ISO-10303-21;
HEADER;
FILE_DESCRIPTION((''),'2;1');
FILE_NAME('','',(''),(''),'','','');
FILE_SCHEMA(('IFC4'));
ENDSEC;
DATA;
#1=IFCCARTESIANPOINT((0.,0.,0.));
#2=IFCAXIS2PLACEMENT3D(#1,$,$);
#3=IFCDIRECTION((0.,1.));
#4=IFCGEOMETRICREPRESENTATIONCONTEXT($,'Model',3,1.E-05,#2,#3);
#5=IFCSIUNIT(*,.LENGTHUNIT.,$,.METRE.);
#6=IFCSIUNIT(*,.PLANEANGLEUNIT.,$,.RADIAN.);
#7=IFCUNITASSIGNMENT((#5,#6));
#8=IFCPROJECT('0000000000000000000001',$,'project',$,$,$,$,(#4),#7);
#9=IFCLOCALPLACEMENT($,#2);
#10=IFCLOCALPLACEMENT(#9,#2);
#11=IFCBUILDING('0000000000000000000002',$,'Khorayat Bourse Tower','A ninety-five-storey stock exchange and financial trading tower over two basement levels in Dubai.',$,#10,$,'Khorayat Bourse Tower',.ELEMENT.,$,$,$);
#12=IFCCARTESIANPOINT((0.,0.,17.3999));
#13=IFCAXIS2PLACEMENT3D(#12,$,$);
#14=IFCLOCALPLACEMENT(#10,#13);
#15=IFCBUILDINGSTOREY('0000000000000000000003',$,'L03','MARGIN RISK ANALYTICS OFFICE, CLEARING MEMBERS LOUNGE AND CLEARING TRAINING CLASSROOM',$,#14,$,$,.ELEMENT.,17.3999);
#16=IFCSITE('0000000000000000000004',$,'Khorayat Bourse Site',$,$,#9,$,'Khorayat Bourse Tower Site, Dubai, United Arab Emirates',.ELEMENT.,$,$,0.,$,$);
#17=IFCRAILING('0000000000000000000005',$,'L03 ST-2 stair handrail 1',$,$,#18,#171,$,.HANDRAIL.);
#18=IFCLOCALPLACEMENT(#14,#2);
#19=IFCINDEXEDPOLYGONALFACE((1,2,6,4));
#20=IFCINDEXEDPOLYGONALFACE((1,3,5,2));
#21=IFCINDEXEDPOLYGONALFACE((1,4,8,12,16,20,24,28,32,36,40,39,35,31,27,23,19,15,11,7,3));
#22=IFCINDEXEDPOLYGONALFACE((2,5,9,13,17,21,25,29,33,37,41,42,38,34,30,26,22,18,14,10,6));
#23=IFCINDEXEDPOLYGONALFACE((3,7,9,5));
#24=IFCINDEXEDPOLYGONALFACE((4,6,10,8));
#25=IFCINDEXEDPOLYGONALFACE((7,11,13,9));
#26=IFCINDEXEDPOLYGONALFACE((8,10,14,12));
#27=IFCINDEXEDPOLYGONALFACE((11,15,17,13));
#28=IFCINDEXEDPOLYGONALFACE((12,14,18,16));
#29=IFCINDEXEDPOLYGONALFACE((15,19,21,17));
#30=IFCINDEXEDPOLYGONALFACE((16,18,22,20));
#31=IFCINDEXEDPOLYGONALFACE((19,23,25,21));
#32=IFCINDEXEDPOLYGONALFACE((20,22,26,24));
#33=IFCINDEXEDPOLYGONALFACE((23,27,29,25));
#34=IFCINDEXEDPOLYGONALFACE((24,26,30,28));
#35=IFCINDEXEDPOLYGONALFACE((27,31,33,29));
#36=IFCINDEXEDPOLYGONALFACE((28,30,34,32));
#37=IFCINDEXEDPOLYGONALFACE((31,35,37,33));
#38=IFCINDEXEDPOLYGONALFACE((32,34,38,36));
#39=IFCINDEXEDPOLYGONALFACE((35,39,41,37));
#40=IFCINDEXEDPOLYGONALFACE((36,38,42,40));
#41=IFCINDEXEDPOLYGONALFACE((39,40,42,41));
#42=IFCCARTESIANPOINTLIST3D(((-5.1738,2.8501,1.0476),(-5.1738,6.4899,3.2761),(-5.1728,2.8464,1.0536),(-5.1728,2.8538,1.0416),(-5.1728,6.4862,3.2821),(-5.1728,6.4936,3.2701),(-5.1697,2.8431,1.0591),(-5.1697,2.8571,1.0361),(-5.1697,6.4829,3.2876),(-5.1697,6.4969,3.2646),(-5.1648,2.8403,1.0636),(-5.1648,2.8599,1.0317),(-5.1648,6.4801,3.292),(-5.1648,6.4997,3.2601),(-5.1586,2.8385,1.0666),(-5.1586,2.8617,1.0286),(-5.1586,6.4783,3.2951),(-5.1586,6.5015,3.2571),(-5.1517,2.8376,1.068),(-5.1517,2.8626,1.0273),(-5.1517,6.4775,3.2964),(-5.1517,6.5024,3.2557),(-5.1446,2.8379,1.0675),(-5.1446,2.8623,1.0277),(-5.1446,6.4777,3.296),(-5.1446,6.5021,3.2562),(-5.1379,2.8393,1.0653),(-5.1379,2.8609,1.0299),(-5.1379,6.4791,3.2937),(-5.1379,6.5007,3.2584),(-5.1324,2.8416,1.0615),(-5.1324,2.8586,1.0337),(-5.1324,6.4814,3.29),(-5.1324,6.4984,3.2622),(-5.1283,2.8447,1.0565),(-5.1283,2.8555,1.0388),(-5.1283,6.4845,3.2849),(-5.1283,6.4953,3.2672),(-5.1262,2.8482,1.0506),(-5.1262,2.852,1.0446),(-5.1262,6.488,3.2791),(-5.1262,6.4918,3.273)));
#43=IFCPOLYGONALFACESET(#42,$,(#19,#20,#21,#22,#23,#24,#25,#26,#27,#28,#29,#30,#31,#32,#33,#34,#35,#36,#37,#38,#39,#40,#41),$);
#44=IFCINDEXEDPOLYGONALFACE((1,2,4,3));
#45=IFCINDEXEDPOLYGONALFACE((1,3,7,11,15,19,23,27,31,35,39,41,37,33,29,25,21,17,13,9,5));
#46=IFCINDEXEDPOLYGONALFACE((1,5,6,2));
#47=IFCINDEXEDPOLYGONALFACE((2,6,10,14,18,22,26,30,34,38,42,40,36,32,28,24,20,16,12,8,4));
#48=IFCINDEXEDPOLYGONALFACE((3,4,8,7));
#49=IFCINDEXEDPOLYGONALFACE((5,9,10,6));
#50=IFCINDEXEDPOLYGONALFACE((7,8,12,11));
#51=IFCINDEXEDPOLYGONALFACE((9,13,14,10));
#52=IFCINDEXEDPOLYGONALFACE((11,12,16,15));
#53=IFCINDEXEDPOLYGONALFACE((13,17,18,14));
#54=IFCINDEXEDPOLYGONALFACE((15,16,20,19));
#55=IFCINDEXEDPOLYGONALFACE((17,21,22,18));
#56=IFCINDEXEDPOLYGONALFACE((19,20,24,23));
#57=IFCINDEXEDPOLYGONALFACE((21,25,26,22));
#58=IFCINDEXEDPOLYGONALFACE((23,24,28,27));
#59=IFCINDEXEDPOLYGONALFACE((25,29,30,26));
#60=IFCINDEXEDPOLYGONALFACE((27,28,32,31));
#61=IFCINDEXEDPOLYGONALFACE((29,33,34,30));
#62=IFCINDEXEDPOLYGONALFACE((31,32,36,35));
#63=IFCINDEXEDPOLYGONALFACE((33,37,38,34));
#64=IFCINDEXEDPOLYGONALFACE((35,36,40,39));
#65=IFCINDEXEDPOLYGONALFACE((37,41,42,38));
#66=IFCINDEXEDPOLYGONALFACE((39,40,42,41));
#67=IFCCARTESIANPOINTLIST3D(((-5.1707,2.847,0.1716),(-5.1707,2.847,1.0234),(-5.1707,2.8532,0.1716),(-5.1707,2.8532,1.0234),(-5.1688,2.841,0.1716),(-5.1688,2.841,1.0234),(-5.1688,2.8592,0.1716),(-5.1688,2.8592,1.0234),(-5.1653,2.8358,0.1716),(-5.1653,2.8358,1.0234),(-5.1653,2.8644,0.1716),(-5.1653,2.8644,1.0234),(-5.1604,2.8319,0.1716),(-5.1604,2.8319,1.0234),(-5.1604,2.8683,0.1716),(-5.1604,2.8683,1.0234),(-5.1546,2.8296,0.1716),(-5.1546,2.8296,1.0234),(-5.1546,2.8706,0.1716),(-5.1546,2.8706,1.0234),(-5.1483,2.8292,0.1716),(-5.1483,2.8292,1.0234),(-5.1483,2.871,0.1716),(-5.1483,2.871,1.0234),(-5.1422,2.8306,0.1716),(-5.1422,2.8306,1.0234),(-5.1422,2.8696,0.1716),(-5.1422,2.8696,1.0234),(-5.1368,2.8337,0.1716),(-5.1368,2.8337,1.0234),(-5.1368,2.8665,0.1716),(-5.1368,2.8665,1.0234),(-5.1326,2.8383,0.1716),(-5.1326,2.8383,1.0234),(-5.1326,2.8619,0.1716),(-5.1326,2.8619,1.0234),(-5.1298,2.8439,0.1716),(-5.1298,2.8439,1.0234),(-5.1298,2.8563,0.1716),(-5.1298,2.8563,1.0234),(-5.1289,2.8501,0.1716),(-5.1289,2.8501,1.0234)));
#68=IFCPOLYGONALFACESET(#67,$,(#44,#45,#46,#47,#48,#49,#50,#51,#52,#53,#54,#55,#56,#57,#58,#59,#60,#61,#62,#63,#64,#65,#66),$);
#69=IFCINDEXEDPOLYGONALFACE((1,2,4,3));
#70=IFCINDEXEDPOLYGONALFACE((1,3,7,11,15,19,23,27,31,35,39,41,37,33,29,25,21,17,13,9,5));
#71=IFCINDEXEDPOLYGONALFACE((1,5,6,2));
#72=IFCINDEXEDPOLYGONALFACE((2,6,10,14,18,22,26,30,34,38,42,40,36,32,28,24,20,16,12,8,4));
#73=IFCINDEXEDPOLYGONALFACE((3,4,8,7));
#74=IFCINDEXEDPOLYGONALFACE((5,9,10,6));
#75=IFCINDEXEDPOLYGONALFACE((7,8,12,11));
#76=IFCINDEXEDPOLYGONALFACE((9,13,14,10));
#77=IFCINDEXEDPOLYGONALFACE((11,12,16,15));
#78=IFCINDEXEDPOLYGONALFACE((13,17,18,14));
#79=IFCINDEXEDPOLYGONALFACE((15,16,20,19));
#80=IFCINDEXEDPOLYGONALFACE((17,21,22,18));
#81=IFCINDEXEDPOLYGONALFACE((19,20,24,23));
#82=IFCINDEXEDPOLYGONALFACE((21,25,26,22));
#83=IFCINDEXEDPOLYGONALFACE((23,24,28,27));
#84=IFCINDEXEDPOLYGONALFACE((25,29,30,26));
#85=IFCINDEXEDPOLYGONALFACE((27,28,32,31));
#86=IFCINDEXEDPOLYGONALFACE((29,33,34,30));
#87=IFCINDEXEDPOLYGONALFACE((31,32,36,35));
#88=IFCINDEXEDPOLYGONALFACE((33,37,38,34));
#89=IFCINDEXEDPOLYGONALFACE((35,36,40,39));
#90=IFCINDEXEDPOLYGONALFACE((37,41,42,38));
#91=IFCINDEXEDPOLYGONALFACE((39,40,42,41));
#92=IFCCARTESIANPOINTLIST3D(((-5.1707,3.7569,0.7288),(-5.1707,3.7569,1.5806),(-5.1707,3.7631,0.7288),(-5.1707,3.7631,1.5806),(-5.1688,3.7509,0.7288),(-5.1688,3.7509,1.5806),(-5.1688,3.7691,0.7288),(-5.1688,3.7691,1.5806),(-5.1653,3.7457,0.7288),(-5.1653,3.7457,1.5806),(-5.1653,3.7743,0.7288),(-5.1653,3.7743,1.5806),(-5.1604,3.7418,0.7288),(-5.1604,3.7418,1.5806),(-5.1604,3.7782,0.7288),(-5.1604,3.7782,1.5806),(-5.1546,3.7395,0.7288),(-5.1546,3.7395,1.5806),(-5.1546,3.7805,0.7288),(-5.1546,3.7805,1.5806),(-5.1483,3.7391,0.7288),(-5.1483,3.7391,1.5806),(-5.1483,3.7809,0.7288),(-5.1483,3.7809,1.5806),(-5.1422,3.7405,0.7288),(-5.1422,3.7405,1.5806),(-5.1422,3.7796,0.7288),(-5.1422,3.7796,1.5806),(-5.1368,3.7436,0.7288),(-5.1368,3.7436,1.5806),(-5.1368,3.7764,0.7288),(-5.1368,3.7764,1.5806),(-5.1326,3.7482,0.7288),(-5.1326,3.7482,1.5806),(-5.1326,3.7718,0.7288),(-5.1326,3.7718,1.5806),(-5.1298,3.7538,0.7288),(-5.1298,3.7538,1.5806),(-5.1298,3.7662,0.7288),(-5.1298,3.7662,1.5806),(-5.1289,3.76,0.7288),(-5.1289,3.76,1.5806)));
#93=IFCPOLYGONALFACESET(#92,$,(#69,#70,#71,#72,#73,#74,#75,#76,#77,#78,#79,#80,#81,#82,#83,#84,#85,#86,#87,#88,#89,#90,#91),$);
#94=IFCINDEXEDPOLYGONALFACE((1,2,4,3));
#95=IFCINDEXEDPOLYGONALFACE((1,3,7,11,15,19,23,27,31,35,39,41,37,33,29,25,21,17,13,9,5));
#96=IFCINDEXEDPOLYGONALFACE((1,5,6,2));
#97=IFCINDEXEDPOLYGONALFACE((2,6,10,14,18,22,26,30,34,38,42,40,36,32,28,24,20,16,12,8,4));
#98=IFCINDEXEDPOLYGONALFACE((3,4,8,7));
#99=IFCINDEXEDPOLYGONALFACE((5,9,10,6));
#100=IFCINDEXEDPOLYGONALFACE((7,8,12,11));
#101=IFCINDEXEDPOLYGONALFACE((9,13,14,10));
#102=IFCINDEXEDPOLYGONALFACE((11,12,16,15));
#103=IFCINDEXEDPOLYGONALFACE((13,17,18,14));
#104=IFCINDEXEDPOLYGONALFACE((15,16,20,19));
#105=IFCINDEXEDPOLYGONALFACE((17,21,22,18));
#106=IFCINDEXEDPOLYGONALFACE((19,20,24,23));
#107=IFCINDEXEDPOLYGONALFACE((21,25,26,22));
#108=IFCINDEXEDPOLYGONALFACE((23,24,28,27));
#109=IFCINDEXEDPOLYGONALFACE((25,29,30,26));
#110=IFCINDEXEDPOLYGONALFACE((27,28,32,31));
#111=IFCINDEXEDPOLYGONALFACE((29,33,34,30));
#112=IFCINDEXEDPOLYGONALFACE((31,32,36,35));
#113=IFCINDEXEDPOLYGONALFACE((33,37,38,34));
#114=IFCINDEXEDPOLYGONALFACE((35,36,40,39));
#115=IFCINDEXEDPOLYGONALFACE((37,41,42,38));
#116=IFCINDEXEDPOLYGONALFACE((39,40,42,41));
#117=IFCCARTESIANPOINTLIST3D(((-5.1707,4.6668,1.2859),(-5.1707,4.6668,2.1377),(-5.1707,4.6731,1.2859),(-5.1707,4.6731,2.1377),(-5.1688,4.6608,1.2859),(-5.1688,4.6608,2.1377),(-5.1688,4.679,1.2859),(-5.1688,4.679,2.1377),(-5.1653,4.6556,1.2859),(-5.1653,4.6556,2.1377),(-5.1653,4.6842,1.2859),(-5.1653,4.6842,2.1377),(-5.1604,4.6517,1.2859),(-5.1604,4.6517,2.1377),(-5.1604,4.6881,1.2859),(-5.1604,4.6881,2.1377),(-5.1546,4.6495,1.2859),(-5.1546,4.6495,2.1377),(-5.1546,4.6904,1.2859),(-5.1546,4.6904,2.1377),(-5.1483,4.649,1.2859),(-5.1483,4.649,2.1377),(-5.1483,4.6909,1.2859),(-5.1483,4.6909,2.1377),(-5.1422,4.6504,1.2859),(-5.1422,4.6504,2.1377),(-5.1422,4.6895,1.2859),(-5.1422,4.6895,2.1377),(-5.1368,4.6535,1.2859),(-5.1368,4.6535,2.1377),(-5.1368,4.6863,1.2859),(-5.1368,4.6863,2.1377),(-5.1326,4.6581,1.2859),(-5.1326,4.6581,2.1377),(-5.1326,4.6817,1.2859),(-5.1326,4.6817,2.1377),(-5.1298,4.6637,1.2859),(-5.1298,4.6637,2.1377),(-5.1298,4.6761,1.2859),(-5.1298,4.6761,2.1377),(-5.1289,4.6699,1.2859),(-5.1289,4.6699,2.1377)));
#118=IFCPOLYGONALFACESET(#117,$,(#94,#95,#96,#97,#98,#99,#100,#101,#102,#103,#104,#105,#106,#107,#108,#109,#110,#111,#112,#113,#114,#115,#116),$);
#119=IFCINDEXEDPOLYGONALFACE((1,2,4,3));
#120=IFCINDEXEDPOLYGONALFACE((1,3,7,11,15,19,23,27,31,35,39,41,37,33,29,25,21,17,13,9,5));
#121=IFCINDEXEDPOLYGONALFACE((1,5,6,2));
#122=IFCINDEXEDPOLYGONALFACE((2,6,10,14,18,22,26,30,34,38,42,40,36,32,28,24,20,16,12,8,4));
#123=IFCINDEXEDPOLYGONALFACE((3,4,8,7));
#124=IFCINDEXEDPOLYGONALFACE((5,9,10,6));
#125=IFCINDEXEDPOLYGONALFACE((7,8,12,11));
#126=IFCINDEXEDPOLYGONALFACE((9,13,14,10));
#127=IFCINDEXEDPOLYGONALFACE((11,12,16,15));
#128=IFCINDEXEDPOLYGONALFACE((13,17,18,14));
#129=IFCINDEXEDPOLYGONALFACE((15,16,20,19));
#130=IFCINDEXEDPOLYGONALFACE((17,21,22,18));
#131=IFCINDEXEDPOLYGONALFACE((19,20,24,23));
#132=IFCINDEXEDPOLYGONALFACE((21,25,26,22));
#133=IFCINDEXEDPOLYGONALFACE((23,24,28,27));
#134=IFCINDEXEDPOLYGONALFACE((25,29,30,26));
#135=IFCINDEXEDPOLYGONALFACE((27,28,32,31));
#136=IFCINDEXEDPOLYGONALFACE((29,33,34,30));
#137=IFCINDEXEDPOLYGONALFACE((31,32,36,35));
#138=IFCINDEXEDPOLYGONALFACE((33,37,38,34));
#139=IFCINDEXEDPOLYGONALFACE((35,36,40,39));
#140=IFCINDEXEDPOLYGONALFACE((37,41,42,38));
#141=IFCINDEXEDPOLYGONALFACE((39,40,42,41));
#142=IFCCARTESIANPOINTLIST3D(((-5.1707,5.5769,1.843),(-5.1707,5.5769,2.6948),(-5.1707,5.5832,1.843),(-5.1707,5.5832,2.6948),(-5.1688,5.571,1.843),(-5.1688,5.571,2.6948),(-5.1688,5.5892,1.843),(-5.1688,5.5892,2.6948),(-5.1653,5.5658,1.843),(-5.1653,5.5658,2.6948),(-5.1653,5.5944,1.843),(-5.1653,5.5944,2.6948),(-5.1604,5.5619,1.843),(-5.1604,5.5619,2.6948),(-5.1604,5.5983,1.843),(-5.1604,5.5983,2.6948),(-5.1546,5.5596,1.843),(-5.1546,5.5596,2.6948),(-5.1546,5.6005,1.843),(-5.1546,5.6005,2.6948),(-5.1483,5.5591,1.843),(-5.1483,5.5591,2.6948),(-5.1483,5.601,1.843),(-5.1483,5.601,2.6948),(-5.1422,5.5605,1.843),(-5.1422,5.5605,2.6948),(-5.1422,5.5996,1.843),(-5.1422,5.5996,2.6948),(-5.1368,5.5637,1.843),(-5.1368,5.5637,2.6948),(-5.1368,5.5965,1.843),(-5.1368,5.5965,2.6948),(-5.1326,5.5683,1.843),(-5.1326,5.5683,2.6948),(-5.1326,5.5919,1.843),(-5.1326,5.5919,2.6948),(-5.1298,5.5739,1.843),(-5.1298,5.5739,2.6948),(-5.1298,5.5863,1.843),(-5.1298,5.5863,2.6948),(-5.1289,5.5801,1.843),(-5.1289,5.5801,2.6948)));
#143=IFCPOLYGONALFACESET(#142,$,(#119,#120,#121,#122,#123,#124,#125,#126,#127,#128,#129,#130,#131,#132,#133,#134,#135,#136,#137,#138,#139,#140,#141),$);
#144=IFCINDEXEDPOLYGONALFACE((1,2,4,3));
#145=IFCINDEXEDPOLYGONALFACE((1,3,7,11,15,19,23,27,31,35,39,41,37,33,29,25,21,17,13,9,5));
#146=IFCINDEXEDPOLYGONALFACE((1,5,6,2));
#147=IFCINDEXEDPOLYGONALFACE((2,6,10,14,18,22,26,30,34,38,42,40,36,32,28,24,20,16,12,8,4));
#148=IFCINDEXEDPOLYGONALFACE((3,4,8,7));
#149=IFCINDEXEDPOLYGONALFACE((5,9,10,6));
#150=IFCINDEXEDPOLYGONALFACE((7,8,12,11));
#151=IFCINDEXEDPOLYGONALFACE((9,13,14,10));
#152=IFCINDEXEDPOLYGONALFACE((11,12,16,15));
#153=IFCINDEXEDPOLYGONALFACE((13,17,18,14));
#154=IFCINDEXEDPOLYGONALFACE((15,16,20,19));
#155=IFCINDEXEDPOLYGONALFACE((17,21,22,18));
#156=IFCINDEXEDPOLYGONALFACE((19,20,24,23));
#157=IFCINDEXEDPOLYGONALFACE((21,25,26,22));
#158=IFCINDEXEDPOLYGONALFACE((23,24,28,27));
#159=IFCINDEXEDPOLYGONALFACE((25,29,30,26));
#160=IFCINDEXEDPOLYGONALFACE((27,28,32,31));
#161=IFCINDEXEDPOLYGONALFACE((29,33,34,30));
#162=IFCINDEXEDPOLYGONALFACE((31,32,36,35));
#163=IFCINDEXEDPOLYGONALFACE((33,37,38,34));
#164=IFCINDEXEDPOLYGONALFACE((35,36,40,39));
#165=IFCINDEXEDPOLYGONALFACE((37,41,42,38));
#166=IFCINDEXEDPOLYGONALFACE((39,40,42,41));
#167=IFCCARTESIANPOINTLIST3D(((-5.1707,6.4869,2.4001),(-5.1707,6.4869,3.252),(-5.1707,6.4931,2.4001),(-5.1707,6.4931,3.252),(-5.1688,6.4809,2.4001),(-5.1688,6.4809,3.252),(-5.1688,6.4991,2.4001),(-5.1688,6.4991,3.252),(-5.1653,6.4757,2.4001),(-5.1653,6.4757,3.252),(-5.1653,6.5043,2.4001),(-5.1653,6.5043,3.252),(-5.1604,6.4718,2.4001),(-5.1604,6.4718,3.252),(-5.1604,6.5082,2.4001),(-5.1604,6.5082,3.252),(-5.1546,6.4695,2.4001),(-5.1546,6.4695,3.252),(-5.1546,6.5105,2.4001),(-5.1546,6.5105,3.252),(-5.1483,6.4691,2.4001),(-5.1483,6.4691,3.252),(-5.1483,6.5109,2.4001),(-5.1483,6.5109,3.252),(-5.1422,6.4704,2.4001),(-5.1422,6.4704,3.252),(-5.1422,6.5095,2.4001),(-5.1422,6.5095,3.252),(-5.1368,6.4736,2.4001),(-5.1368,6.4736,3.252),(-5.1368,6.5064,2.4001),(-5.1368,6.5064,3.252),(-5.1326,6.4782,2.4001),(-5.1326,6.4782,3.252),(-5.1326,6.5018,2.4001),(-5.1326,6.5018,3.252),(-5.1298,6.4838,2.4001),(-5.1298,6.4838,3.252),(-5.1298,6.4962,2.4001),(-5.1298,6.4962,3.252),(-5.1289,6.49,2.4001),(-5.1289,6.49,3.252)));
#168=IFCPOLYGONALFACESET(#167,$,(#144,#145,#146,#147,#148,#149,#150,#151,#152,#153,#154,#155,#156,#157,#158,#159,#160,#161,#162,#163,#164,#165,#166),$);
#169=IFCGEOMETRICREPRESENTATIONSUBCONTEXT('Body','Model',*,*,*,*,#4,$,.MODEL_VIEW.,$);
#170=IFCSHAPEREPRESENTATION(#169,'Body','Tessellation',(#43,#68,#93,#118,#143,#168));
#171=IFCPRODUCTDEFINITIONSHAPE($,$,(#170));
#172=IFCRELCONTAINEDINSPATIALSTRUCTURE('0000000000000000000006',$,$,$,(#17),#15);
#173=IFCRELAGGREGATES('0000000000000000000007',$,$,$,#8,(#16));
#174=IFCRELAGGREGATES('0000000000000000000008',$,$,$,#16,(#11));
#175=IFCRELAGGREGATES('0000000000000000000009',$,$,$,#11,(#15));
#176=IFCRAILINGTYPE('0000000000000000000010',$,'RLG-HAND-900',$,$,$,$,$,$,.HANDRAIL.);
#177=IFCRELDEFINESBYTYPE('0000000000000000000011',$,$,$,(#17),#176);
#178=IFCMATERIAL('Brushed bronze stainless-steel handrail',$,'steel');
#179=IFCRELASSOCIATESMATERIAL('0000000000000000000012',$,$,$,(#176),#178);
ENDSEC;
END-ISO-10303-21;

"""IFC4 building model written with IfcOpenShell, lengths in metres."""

from ifc_helpers import new_model, si_unit, direction, frame, origin, origin_2d, place, context, subcontext, project, spatial, circle, extrude, source, transform, mapped, material, type_object, element, save


model = new_model("IFC4")

# Units and contexts
model_context = context("Model", 3, precision=1e-05, world=origin(), true_north=direction((0.0, 1.0)))
body_context = subcontext(model_context, "Body", "Model", "MODEL_VIEW")
ifc_project = project(units=[si_unit("LENGTHUNIT", "METRE"), si_unit("PLANEANGLEUNIT", "RADIAN")], contexts=[model_context])

# Site, building, storey
site_placement = place(None, origin())
site = spatial("IfcSite", under=ifc_project, at=site_placement, Name="Khorayat Bourse Site", LongName="Khorayat Bourse Tower Site, Dubai, United Arab Emirates", CompositionType="ELEMENT", RefElevation=0.0)
building_placement = place(site_placement, origin())
building = spatial("IfcBuilding", under=site, at=building_placement, Name="Khorayat Bourse Tower", Description="A ninety-five-storey stock exchange and financial trading tower over two basement levels in Dubai.", LongName="Khorayat Bourse Tower", CompositionType="ELEMENT")
storey_placement = place(building_placement, frame((0.0, 0.0, 17.3999)))
storey = spatial("IfcBuildingStorey", under=building, at=storey_placement, Name="L03", Description="MARGIN RISK ANALYTICS OFFICE, CLEARING MEMBERS LOUNGE AND CLEARING TRAINING CLASSROOM", CompositionType="ELEMENT", Elevation=17.3999)

# Railing
ifc_material_1 = material(Name="Brushed bronze stainless-steel handrail", Category="steel")
railing_type_1 = type_object("IfcRailingType", Name="RLG-HAND-900", PredefinedType="HANDRAIL", material=ifc_material_1)
shared_shape_1 = source(origin(), body_context, "Body", "SweptSolid", [
    extrude(circle(Radius=0.0239, at=origin_2d()), frame((0.0, 0.0, 0.876), z_axis=(0.0, 0.85285, 0.522156), x_axis=(-1.0, 0.0, 0.0)), (0.0, 0.0, 1.0), 4.2678),
    extrude(circle(Radius=0.021, at=origin_2d()), origin(), (0.0, 0.0, 1.0), 0.8518),
    extrude(circle(Radius=0.021, at=origin_2d()), frame((0.0, 0.9099, 0.5571)), (0.0, 0.0, 1.0), 0.8518),
    extrude(circle(Radius=0.021, at=origin_2d()), frame((0.0, 1.8198, 1.1143)), (0.0, 0.0, 1.0), 0.8518),
    extrude(circle(Radius=0.021, at=origin_2d()), frame((0.0, 2.73, 1.6714)), (0.0, 0.0, 1.0), 0.8518),
    extrude(circle(Radius=0.021, at=origin_2d()), frame((0.0, 3.6399, 2.2285)), (0.0, 0.0, 1.0), 0.8518),
])
railing_1_placement = place(storey_placement, frame((-5.1499, 2.8501, 0.1716)))
element("IfcRailing", 1, at=railing_1_placement, inside=storey, type_object=railing_type_1, Name="L03 ST-2 stair handrail 1", PredefinedType="HANDRAIL", context=body_context, shape_type="MappedRepresentation", body=[
    mapped(shared_shape_1, transform((0.0, 0.0, 0.0), scale=1.0)),
])

save(model, "model.ifc")
